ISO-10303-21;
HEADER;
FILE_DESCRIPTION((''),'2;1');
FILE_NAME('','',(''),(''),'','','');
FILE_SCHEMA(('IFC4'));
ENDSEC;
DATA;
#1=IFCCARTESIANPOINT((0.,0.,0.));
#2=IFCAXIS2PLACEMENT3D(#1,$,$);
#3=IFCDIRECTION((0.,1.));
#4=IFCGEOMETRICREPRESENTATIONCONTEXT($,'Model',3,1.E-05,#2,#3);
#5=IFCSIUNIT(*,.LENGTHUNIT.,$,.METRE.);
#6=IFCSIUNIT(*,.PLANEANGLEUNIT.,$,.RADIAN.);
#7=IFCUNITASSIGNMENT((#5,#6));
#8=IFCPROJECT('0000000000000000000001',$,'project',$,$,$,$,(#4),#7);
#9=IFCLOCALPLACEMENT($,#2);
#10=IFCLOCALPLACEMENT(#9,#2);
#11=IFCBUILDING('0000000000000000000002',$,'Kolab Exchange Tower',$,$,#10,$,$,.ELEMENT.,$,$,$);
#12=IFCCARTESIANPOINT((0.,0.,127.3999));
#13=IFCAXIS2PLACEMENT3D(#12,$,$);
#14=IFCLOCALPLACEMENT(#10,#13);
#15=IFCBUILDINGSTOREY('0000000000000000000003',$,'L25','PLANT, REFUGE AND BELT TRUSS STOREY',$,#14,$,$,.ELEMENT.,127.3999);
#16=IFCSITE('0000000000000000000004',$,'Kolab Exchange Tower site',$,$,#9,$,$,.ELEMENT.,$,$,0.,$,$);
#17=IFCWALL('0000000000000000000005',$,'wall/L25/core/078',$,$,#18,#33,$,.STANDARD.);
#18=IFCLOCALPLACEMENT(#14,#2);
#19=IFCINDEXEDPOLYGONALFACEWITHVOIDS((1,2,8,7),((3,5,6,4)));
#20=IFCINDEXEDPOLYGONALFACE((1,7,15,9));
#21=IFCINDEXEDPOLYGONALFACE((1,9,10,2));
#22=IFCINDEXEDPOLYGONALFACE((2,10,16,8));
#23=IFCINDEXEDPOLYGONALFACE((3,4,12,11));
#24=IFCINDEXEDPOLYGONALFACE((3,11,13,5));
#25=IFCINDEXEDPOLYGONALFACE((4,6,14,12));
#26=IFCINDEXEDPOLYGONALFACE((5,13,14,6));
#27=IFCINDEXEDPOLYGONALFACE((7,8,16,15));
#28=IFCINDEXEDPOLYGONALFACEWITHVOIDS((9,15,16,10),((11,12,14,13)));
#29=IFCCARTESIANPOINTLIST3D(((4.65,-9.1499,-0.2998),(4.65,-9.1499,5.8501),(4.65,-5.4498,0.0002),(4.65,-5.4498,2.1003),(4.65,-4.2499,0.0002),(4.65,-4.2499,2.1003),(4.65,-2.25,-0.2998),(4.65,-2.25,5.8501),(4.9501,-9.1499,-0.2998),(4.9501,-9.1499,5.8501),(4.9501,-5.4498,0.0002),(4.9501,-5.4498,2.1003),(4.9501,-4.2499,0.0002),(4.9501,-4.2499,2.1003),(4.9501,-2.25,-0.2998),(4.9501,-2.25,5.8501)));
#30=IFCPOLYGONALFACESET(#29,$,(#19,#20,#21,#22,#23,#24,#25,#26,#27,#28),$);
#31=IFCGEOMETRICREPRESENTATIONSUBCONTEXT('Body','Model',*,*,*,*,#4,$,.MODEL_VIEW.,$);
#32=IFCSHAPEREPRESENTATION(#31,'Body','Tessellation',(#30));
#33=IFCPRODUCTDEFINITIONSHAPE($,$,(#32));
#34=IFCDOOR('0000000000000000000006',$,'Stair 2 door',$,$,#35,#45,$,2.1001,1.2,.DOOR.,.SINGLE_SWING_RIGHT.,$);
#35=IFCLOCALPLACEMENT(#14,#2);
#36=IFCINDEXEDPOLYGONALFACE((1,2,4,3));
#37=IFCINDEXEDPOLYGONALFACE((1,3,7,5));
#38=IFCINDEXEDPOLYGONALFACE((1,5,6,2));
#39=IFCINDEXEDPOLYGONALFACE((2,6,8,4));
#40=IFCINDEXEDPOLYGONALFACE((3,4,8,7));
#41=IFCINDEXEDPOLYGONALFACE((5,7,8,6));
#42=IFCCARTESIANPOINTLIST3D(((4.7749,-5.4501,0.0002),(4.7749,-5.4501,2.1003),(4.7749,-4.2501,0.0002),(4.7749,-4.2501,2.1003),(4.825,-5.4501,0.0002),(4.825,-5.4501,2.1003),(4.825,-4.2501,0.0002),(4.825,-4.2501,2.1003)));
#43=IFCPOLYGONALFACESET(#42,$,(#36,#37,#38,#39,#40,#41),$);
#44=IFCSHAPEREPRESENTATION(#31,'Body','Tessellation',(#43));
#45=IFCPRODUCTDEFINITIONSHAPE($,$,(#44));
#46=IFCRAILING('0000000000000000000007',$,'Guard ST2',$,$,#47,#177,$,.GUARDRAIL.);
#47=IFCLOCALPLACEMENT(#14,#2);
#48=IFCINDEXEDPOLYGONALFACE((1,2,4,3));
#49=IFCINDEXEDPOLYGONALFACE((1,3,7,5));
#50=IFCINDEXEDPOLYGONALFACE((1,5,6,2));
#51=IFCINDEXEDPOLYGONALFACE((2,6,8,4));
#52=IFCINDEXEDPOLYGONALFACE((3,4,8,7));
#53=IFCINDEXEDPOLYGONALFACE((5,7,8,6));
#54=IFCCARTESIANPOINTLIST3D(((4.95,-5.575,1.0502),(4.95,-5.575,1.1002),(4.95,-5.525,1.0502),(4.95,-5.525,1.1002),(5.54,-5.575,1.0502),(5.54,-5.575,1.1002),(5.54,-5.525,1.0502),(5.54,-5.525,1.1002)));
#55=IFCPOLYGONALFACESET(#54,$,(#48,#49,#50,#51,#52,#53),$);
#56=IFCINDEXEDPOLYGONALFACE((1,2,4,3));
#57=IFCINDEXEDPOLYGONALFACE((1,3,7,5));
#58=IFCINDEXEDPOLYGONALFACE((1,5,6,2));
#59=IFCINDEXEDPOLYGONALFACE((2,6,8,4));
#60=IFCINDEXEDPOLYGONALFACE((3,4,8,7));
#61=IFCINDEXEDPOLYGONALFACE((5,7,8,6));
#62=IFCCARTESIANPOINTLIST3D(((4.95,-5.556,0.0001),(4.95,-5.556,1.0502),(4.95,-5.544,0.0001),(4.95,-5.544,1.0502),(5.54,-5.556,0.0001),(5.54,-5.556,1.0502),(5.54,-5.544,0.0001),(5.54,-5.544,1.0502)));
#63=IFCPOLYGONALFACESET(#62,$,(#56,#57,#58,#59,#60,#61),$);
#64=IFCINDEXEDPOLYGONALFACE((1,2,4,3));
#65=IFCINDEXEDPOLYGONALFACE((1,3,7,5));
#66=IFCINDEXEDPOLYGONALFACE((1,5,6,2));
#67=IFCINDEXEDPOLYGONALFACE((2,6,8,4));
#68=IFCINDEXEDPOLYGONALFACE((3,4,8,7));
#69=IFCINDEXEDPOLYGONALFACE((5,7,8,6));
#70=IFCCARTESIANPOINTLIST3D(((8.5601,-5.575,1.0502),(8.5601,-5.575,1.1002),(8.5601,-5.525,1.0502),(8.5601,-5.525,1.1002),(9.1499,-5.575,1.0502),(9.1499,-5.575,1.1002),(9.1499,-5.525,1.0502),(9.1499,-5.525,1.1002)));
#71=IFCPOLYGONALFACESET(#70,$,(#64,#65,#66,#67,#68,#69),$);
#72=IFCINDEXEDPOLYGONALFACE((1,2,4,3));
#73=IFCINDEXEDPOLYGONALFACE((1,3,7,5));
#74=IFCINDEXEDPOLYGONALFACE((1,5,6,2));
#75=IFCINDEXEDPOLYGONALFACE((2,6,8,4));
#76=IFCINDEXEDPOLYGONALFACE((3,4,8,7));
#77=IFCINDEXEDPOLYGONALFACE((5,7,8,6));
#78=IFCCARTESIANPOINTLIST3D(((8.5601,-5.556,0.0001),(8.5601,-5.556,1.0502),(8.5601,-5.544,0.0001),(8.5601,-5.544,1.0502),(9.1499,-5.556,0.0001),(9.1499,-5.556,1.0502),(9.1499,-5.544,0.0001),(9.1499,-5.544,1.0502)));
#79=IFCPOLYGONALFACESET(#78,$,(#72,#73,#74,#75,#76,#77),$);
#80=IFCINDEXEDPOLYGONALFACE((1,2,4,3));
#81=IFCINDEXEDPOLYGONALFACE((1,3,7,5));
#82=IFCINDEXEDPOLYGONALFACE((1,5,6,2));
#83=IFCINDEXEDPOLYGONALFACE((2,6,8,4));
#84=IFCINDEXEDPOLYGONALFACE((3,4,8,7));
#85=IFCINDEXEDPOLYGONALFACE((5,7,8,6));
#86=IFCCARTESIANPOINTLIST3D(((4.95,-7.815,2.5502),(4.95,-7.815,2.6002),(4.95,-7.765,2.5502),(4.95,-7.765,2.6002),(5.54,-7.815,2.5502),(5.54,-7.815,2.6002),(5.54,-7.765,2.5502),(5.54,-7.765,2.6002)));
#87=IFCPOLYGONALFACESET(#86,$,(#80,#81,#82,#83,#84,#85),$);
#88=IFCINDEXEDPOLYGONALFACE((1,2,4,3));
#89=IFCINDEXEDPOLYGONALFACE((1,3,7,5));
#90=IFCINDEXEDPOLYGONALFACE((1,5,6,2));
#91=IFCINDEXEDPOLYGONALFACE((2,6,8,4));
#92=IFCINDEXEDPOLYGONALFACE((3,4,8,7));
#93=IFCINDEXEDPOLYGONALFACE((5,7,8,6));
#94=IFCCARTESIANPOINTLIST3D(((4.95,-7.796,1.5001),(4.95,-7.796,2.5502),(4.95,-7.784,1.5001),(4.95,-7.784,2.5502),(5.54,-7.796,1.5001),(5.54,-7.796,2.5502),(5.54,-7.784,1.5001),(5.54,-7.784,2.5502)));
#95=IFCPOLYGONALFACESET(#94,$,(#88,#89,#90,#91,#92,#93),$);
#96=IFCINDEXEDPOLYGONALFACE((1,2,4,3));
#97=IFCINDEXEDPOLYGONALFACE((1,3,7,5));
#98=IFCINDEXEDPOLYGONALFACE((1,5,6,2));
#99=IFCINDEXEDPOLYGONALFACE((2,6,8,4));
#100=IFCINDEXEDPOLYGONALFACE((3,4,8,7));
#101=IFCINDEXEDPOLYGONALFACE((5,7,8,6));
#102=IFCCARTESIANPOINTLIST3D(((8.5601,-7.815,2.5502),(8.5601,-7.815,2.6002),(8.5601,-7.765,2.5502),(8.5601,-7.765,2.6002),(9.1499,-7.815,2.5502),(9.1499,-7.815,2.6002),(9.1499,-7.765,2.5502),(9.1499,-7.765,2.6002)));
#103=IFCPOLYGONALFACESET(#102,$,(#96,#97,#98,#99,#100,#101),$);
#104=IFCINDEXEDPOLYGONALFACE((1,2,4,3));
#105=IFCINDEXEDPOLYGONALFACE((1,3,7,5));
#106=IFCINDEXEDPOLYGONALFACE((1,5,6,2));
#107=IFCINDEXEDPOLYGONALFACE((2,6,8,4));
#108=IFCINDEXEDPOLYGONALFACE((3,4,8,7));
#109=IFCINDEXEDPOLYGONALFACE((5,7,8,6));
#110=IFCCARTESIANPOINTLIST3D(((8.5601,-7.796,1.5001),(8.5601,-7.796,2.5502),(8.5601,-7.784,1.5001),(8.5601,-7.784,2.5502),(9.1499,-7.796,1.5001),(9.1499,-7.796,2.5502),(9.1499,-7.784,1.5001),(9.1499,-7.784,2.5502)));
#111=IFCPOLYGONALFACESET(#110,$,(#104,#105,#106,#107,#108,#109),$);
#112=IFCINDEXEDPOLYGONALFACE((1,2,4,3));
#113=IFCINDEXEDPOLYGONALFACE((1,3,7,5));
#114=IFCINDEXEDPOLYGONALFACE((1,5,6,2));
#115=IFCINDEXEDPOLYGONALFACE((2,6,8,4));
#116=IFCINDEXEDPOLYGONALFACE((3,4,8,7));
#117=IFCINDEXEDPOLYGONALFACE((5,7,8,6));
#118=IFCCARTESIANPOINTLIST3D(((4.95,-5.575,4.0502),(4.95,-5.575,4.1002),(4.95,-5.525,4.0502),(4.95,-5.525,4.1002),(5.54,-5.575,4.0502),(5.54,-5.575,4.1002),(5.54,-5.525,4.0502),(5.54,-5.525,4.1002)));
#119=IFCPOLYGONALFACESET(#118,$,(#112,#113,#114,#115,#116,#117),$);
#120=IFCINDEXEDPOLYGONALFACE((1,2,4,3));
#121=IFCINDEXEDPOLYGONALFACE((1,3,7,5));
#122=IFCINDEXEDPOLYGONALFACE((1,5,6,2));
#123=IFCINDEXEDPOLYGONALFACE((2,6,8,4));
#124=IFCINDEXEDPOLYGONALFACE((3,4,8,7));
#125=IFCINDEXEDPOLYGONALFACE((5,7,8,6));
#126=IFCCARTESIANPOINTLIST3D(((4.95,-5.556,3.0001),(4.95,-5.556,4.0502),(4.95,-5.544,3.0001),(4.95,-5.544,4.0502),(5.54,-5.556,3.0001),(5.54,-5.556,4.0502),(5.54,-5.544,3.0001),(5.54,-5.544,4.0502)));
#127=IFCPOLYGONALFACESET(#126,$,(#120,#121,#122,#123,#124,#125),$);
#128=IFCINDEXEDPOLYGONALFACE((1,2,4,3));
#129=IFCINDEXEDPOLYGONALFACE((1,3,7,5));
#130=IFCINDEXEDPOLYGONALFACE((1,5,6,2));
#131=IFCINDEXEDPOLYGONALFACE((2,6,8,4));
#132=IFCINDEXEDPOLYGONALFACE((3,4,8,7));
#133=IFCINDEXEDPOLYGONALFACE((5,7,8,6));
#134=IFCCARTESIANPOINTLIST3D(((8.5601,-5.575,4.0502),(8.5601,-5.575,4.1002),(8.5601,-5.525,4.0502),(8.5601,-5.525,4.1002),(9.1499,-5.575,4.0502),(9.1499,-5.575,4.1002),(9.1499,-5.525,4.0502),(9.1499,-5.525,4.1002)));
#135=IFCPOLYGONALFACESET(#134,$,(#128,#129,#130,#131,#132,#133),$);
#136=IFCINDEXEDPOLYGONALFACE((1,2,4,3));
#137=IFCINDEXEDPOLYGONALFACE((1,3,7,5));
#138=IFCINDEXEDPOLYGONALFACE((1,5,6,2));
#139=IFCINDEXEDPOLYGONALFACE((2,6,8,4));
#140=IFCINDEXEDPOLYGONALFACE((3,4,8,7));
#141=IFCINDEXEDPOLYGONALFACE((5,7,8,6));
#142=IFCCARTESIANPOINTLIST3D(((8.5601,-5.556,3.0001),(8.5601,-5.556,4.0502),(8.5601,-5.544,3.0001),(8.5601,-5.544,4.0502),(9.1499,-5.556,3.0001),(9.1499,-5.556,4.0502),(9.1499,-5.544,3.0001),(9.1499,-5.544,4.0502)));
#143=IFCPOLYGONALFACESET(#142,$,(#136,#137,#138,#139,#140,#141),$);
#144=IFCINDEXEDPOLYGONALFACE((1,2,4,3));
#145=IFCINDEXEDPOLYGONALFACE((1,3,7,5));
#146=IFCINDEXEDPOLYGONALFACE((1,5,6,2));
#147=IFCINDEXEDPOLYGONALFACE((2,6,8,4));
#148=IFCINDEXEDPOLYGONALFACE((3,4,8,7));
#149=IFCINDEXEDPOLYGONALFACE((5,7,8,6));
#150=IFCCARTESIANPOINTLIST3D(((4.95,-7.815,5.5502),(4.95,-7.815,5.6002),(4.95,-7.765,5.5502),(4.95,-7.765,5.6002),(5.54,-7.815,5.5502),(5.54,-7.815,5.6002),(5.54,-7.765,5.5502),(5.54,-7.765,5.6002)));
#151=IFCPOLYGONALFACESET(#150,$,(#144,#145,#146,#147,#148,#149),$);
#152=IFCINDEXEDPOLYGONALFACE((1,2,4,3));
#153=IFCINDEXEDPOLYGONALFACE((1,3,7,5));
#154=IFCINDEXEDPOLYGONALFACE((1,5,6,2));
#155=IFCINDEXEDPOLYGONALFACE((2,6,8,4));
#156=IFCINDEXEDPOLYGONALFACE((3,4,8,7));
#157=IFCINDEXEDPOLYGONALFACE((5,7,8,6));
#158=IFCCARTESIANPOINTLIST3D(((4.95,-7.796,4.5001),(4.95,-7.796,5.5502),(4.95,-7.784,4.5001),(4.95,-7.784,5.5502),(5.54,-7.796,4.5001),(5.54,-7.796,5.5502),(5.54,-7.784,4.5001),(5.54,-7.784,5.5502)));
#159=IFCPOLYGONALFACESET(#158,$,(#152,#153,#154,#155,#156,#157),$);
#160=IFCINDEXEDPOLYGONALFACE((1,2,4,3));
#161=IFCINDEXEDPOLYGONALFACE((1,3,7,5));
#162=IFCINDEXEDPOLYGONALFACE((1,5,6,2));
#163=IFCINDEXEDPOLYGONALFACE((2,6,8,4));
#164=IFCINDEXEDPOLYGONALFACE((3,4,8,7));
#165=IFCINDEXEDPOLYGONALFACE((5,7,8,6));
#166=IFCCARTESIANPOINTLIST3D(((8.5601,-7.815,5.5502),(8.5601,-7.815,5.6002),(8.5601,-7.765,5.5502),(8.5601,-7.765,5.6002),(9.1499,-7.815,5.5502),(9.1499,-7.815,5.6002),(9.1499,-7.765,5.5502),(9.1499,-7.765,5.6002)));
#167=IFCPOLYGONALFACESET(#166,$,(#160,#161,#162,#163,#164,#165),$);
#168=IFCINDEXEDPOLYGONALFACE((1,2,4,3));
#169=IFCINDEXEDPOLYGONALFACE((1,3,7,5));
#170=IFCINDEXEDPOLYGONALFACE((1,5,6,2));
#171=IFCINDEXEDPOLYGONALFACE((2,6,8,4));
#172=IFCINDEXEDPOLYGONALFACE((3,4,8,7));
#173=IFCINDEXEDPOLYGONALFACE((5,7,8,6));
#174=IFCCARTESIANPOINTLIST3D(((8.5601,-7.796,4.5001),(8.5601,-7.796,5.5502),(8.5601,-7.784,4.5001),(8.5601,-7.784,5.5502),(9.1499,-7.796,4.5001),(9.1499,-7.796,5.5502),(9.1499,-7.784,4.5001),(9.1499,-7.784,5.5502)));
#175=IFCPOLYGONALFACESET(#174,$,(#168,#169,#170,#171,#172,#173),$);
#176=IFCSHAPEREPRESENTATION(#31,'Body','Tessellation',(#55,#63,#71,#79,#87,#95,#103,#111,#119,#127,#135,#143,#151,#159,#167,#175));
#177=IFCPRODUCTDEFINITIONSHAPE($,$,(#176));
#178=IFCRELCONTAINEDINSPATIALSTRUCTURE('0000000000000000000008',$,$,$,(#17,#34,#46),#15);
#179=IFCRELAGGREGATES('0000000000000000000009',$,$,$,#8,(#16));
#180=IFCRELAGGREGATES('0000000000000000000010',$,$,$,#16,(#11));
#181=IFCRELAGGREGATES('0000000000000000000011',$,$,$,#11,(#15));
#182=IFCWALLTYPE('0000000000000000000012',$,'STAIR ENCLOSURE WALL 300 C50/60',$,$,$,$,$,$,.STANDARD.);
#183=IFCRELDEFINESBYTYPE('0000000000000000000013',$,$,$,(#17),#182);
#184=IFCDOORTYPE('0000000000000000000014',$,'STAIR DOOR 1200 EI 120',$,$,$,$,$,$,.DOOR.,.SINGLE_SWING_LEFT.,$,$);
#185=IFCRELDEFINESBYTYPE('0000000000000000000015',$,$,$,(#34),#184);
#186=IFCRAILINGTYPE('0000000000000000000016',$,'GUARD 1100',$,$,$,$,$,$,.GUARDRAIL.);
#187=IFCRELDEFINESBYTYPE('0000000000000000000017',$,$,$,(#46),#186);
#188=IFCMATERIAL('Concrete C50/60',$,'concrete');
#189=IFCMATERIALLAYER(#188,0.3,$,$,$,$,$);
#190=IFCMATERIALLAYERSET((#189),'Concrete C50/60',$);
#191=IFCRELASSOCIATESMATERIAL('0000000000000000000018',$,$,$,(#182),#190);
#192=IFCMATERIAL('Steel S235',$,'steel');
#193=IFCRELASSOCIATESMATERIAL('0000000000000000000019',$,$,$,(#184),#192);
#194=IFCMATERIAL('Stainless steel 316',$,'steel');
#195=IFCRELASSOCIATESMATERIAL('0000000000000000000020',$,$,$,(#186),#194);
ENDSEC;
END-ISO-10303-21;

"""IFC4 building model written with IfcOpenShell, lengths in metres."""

from ifc_helpers import new_model, si_unit, direction, frame, frame_2d, origin, origin_2d, place, context, subcontext, project, spatial, rectangle, extrude, material, layer, layer_set, type_object, element, fill, save


model = new_model("IFC4")

# Units and contexts
model_context = context("Model", 3, precision=1e-05, world=origin(), true_north=direction((0.0, 1.0)))
body_context = subcontext(model_context, "Body", "Model", "MODEL_VIEW")
ifc_project = project(units=[si_unit("LENGTHUNIT", "METRE"), si_unit("PLANEANGLEUNIT", "RADIAN")], contexts=[model_context])

# Site, building, storey
site_placement = place(None, origin())
site = spatial("IfcSite", under=ifc_project, at=site_placement, Name="Kolab Exchange Tower site", CompositionType="ELEMENT", RefElevation=0.0)
building_placement = place(site_placement, origin())
building = spatial("IfcBuilding", under=site, at=building_placement, Name="Kolab Exchange Tower", CompositionType="ELEMENT")
storey_placement = place(building_placement, frame((0.0, 0.0, 127.3999)))
storey = spatial("IfcBuildingStorey", under=building, at=storey_placement, Name="L25", Description="PLANT, REFUGE AND BELT TRUSS STOREY", CompositionType="ELEMENT", Elevation=127.3999)

# Shared definitions
ifc_material_1 = material(Name="Steel S235", Category="steel")

# Shared definitions
ifc_material_2 = material(Name="Concrete C50/60", Category="concrete")

# Shared definitions
ifc_layer_1 = layer(ifc_material_2, 0.3)
ifc_layer_set_1 = layer_set([ifc_layer_1], Name="Concrete C50/60")
wall_type_1 = type_object("IfcWallType", Name="STAIR ENCLOSURE WALL 300 C50/60", PredefinedType="STANDARD", material=ifc_layer_set_1)

# Wall, opening, door
wall_1_placement = place(storey_placement, frame((4.8, -9.1499, -0.2998), z_axis=(0.0, 0.0, 1.0), x_axis=(0.0, 1.0, 0.0)))
wall_1 = element("IfcWall", 1, at=wall_1_placement, inside=storey, type_object=wall_type_1, Name="wall/L25/core/078", PredefinedType="STANDARD", context=body_context, shape_type="SweptSolid", body=[
    extrude(rectangle(XDim=6.8999, YDim=0.3, at=frame_2d((3.45, 0.0))), origin(), (0.0, 0.0, 1.0), 6.1499),
])
opening_1_placement = place(wall_1_placement, frame((3.7, 0.0, 0.3)))
opening_1 = element("IfcOpeningElement", 2, at=opening_1_placement, cuts=wall_1, PredefinedType="OPENING", context=body_context, shape_type="SweptSolid", body=[
    extrude(rectangle(XDim=1.2, YDim=2.1001, at=frame_2d((0.6001, 1.05))), frame((0.0, 0.1602, 0.0), z_axis=(0.0, -1.0, 0.0), x_axis=(1.0, 0.0, 0.0)), (0.0, 0.0, 1.0), 0.3201),
])
door_type_1 = type_object("IfcDoorType", Name="STAIR DOOR 1200 EI 120", OperationType="SINGLE_SWING_LEFT", PredefinedType="DOOR", material=ifc_material_1)
door_1_placement = place(opening_1_placement, frame((1.2, 0.0, 0.0), z_axis=(0.0, 0.0, 1.0), x_axis=(-1.0, 0.0, 0.0)))
door_1 = element("IfcDoor", 3, at=door_1_placement, inside=storey, type_object=door_type_1, Name="Stair 2 door", OperationType="SINGLE_SWING_RIGHT", OverallHeight=2.1001, OverallWidth=1.2, PredefinedType="DOOR", context=body_context, shape_type="SweptSolid", body=[
    extrude(rectangle(XDim=1.2, YDim=2.1001, at=frame_2d((0.6001, 1.05))), frame((0.0, 0.0249, 0.0), z_axis=(0.0, -1.0, 0.0), x_axis=(1.0, 0.0, 0.0)), (0.0, 0.0, 1.0), 0.05),
])
fill(opening_1, door_1)

# Railing
ifc_material_3 = material(Name="Stainless steel 316", Category="steel")
railing_type = type_object("IfcRailingType", Name="GUARD 1100", PredefinedType="GUARDRAIL", material=ifc_material_3)
railing_1_placement = place(storey_placement, frame((4.95, -5.55, 0.0)))
element("IfcRailing", 4, at=railing_1_placement, inside=storey, type_object=railing_type, Name="Guard ST2", PredefinedType="GUARDRAIL", context=body_context, shape_type="SweptSolid", body=[
    extrude(rectangle(XDim=0.05, YDim=0.05, at=origin_2d()), frame((0.0, 0.0, 1.0752), z_axis=(1.0, 0.0, 0.0), x_axis=(0.0, 1.0, 0.0)), (0.0, 0.0, 1.0), 0.5901),
    extrude(rectangle(XDim=0.012, YDim=1.0501, at=frame_2d((0.0, 0.5251))), frame((0.0, 0.0, 0.0), z_axis=(1.0, 0.0, 0.0), x_axis=(0.0, 1.0, 0.0)), (0.0, 0.0, 1.0), 0.5901),
    extrude(rectangle(XDim=0.05, YDim=0.05, at=origin_2d()), frame((3.6101, 0.0, 1.0752), z_axis=(1.0, 0.0, 0.0), x_axis=(0.0, 1.0, 0.0)), (0.0, 0.0, 1.0), 0.5898),
    extrude(rectangle(XDim=0.012, YDim=1.0501, at=frame_2d((0.0, 0.5251))), frame((3.6101, 0.0, 0.0), z_axis=(1.0, 0.0, 0.0), x_axis=(0.0, 1.0, 0.0)), (0.0, 0.0, 1.0), 0.5898),
    extrude(rectangle(XDim=0.05, YDim=0.05, at=origin_2d()), frame((0.0, -2.24, 2.5752), z_axis=(1.0, 0.0, 0.0), x_axis=(0.0, 1.0, 0.0)), (0.0, 0.0, 1.0), 0.5901),
    extrude(rectangle(XDim=0.012, YDim=1.0501, at=frame_2d((0.0, 0.5251))), frame((0.0, -2.24, 1.5), z_axis=(1.0, 0.0, 0.0), x_axis=(0.0, 1.0, 0.0)), (0.0, 0.0, 1.0), 0.5901),
    extrude(rectangle(XDim=0.05, YDim=0.05, at=origin_2d()), frame((3.6101, -2.24, 2.5752), z_axis=(1.0, 0.0, 0.0), x_axis=(0.0, 1.0, 0.0)), (0.0, 0.0, 1.0), 0.5898),
    extrude(rectangle(XDim=0.012, YDim=1.0501, at=frame_2d((0.0, 0.5251))), frame((3.6101, -2.24, 1.5), z_axis=(1.0, 0.0, 0.0), x_axis=(0.0, 1.0, 0.0)), (0.0, 0.0, 1.0), 0.5898),
    extrude(rectangle(XDim=0.05, YDim=0.05, at=origin_2d()), frame((0.0, 0.0, 4.0752), z_axis=(1.0, 0.0, 0.0), x_axis=(0.0, 1.0, 0.0)), (0.0, 0.0, 1.0), 0.5901),
    extrude(rectangle(XDim=0.012, YDim=1.0501, at=frame_2d((0.0, 0.5251))), frame((0.0, 0.0, 3.0), z_axis=(1.0, 0.0, 0.0), x_axis=(0.0, 1.0, 0.0)), (0.0, 0.0, 1.0), 0.5901),
    extrude(rectangle(XDim=0.05, YDim=0.05, at=origin_2d()), frame((3.6101, 0.0, 4.0752), z_axis=(1.0, 0.0, 0.0), x_axis=(0.0, 1.0, 0.0)), (0.0, 0.0, 1.0), 0.5898),
    extrude(rectangle(XDim=0.012, YDim=1.0501, at=frame_2d((0.0, 0.5251))), frame((3.6101, 0.0, 3.0), z_axis=(1.0, 0.0, 0.0), x_axis=(0.0, 1.0, 0.0)), (0.0, 0.0, 1.0), 0.5898),
    extrude(rectangle(XDim=0.05, YDim=0.05, at=origin_2d()), frame((0.0, -2.24, 5.5752), z_axis=(1.0, 0.0, 0.0), x_axis=(0.0, 1.0, 0.0)), (0.0, 0.0, 1.0), 0.5901),
    extrude(rectangle(XDim=0.012, YDim=1.0501, at=frame_2d((0.0, 0.5251))), frame((0.0, -2.24, 4.5), z_axis=(1.0, 0.0, 0.0), x_axis=(0.0, 1.0, 0.0)), (0.0, 0.0, 1.0), 0.5901),
    extrude(rectangle(XDim=0.05, YDim=0.05, at=origin_2d()), frame((3.6101, -2.24, 5.5752), z_axis=(1.0, 0.0, 0.0), x_axis=(0.0, 1.0, 0.0)), (0.0, 0.0, 1.0), 0.5898),
    extrude(rectangle(XDim=0.012, YDim=1.0501, at=frame_2d((0.0, 0.5251))), frame((3.6101, -2.24, 4.5), z_axis=(1.0, 0.0, 0.0), x_axis=(0.0, 1.0, 0.0)), (0.0, 0.0, 1.0), 0.5898),
])

save(model, "model.ifc")
